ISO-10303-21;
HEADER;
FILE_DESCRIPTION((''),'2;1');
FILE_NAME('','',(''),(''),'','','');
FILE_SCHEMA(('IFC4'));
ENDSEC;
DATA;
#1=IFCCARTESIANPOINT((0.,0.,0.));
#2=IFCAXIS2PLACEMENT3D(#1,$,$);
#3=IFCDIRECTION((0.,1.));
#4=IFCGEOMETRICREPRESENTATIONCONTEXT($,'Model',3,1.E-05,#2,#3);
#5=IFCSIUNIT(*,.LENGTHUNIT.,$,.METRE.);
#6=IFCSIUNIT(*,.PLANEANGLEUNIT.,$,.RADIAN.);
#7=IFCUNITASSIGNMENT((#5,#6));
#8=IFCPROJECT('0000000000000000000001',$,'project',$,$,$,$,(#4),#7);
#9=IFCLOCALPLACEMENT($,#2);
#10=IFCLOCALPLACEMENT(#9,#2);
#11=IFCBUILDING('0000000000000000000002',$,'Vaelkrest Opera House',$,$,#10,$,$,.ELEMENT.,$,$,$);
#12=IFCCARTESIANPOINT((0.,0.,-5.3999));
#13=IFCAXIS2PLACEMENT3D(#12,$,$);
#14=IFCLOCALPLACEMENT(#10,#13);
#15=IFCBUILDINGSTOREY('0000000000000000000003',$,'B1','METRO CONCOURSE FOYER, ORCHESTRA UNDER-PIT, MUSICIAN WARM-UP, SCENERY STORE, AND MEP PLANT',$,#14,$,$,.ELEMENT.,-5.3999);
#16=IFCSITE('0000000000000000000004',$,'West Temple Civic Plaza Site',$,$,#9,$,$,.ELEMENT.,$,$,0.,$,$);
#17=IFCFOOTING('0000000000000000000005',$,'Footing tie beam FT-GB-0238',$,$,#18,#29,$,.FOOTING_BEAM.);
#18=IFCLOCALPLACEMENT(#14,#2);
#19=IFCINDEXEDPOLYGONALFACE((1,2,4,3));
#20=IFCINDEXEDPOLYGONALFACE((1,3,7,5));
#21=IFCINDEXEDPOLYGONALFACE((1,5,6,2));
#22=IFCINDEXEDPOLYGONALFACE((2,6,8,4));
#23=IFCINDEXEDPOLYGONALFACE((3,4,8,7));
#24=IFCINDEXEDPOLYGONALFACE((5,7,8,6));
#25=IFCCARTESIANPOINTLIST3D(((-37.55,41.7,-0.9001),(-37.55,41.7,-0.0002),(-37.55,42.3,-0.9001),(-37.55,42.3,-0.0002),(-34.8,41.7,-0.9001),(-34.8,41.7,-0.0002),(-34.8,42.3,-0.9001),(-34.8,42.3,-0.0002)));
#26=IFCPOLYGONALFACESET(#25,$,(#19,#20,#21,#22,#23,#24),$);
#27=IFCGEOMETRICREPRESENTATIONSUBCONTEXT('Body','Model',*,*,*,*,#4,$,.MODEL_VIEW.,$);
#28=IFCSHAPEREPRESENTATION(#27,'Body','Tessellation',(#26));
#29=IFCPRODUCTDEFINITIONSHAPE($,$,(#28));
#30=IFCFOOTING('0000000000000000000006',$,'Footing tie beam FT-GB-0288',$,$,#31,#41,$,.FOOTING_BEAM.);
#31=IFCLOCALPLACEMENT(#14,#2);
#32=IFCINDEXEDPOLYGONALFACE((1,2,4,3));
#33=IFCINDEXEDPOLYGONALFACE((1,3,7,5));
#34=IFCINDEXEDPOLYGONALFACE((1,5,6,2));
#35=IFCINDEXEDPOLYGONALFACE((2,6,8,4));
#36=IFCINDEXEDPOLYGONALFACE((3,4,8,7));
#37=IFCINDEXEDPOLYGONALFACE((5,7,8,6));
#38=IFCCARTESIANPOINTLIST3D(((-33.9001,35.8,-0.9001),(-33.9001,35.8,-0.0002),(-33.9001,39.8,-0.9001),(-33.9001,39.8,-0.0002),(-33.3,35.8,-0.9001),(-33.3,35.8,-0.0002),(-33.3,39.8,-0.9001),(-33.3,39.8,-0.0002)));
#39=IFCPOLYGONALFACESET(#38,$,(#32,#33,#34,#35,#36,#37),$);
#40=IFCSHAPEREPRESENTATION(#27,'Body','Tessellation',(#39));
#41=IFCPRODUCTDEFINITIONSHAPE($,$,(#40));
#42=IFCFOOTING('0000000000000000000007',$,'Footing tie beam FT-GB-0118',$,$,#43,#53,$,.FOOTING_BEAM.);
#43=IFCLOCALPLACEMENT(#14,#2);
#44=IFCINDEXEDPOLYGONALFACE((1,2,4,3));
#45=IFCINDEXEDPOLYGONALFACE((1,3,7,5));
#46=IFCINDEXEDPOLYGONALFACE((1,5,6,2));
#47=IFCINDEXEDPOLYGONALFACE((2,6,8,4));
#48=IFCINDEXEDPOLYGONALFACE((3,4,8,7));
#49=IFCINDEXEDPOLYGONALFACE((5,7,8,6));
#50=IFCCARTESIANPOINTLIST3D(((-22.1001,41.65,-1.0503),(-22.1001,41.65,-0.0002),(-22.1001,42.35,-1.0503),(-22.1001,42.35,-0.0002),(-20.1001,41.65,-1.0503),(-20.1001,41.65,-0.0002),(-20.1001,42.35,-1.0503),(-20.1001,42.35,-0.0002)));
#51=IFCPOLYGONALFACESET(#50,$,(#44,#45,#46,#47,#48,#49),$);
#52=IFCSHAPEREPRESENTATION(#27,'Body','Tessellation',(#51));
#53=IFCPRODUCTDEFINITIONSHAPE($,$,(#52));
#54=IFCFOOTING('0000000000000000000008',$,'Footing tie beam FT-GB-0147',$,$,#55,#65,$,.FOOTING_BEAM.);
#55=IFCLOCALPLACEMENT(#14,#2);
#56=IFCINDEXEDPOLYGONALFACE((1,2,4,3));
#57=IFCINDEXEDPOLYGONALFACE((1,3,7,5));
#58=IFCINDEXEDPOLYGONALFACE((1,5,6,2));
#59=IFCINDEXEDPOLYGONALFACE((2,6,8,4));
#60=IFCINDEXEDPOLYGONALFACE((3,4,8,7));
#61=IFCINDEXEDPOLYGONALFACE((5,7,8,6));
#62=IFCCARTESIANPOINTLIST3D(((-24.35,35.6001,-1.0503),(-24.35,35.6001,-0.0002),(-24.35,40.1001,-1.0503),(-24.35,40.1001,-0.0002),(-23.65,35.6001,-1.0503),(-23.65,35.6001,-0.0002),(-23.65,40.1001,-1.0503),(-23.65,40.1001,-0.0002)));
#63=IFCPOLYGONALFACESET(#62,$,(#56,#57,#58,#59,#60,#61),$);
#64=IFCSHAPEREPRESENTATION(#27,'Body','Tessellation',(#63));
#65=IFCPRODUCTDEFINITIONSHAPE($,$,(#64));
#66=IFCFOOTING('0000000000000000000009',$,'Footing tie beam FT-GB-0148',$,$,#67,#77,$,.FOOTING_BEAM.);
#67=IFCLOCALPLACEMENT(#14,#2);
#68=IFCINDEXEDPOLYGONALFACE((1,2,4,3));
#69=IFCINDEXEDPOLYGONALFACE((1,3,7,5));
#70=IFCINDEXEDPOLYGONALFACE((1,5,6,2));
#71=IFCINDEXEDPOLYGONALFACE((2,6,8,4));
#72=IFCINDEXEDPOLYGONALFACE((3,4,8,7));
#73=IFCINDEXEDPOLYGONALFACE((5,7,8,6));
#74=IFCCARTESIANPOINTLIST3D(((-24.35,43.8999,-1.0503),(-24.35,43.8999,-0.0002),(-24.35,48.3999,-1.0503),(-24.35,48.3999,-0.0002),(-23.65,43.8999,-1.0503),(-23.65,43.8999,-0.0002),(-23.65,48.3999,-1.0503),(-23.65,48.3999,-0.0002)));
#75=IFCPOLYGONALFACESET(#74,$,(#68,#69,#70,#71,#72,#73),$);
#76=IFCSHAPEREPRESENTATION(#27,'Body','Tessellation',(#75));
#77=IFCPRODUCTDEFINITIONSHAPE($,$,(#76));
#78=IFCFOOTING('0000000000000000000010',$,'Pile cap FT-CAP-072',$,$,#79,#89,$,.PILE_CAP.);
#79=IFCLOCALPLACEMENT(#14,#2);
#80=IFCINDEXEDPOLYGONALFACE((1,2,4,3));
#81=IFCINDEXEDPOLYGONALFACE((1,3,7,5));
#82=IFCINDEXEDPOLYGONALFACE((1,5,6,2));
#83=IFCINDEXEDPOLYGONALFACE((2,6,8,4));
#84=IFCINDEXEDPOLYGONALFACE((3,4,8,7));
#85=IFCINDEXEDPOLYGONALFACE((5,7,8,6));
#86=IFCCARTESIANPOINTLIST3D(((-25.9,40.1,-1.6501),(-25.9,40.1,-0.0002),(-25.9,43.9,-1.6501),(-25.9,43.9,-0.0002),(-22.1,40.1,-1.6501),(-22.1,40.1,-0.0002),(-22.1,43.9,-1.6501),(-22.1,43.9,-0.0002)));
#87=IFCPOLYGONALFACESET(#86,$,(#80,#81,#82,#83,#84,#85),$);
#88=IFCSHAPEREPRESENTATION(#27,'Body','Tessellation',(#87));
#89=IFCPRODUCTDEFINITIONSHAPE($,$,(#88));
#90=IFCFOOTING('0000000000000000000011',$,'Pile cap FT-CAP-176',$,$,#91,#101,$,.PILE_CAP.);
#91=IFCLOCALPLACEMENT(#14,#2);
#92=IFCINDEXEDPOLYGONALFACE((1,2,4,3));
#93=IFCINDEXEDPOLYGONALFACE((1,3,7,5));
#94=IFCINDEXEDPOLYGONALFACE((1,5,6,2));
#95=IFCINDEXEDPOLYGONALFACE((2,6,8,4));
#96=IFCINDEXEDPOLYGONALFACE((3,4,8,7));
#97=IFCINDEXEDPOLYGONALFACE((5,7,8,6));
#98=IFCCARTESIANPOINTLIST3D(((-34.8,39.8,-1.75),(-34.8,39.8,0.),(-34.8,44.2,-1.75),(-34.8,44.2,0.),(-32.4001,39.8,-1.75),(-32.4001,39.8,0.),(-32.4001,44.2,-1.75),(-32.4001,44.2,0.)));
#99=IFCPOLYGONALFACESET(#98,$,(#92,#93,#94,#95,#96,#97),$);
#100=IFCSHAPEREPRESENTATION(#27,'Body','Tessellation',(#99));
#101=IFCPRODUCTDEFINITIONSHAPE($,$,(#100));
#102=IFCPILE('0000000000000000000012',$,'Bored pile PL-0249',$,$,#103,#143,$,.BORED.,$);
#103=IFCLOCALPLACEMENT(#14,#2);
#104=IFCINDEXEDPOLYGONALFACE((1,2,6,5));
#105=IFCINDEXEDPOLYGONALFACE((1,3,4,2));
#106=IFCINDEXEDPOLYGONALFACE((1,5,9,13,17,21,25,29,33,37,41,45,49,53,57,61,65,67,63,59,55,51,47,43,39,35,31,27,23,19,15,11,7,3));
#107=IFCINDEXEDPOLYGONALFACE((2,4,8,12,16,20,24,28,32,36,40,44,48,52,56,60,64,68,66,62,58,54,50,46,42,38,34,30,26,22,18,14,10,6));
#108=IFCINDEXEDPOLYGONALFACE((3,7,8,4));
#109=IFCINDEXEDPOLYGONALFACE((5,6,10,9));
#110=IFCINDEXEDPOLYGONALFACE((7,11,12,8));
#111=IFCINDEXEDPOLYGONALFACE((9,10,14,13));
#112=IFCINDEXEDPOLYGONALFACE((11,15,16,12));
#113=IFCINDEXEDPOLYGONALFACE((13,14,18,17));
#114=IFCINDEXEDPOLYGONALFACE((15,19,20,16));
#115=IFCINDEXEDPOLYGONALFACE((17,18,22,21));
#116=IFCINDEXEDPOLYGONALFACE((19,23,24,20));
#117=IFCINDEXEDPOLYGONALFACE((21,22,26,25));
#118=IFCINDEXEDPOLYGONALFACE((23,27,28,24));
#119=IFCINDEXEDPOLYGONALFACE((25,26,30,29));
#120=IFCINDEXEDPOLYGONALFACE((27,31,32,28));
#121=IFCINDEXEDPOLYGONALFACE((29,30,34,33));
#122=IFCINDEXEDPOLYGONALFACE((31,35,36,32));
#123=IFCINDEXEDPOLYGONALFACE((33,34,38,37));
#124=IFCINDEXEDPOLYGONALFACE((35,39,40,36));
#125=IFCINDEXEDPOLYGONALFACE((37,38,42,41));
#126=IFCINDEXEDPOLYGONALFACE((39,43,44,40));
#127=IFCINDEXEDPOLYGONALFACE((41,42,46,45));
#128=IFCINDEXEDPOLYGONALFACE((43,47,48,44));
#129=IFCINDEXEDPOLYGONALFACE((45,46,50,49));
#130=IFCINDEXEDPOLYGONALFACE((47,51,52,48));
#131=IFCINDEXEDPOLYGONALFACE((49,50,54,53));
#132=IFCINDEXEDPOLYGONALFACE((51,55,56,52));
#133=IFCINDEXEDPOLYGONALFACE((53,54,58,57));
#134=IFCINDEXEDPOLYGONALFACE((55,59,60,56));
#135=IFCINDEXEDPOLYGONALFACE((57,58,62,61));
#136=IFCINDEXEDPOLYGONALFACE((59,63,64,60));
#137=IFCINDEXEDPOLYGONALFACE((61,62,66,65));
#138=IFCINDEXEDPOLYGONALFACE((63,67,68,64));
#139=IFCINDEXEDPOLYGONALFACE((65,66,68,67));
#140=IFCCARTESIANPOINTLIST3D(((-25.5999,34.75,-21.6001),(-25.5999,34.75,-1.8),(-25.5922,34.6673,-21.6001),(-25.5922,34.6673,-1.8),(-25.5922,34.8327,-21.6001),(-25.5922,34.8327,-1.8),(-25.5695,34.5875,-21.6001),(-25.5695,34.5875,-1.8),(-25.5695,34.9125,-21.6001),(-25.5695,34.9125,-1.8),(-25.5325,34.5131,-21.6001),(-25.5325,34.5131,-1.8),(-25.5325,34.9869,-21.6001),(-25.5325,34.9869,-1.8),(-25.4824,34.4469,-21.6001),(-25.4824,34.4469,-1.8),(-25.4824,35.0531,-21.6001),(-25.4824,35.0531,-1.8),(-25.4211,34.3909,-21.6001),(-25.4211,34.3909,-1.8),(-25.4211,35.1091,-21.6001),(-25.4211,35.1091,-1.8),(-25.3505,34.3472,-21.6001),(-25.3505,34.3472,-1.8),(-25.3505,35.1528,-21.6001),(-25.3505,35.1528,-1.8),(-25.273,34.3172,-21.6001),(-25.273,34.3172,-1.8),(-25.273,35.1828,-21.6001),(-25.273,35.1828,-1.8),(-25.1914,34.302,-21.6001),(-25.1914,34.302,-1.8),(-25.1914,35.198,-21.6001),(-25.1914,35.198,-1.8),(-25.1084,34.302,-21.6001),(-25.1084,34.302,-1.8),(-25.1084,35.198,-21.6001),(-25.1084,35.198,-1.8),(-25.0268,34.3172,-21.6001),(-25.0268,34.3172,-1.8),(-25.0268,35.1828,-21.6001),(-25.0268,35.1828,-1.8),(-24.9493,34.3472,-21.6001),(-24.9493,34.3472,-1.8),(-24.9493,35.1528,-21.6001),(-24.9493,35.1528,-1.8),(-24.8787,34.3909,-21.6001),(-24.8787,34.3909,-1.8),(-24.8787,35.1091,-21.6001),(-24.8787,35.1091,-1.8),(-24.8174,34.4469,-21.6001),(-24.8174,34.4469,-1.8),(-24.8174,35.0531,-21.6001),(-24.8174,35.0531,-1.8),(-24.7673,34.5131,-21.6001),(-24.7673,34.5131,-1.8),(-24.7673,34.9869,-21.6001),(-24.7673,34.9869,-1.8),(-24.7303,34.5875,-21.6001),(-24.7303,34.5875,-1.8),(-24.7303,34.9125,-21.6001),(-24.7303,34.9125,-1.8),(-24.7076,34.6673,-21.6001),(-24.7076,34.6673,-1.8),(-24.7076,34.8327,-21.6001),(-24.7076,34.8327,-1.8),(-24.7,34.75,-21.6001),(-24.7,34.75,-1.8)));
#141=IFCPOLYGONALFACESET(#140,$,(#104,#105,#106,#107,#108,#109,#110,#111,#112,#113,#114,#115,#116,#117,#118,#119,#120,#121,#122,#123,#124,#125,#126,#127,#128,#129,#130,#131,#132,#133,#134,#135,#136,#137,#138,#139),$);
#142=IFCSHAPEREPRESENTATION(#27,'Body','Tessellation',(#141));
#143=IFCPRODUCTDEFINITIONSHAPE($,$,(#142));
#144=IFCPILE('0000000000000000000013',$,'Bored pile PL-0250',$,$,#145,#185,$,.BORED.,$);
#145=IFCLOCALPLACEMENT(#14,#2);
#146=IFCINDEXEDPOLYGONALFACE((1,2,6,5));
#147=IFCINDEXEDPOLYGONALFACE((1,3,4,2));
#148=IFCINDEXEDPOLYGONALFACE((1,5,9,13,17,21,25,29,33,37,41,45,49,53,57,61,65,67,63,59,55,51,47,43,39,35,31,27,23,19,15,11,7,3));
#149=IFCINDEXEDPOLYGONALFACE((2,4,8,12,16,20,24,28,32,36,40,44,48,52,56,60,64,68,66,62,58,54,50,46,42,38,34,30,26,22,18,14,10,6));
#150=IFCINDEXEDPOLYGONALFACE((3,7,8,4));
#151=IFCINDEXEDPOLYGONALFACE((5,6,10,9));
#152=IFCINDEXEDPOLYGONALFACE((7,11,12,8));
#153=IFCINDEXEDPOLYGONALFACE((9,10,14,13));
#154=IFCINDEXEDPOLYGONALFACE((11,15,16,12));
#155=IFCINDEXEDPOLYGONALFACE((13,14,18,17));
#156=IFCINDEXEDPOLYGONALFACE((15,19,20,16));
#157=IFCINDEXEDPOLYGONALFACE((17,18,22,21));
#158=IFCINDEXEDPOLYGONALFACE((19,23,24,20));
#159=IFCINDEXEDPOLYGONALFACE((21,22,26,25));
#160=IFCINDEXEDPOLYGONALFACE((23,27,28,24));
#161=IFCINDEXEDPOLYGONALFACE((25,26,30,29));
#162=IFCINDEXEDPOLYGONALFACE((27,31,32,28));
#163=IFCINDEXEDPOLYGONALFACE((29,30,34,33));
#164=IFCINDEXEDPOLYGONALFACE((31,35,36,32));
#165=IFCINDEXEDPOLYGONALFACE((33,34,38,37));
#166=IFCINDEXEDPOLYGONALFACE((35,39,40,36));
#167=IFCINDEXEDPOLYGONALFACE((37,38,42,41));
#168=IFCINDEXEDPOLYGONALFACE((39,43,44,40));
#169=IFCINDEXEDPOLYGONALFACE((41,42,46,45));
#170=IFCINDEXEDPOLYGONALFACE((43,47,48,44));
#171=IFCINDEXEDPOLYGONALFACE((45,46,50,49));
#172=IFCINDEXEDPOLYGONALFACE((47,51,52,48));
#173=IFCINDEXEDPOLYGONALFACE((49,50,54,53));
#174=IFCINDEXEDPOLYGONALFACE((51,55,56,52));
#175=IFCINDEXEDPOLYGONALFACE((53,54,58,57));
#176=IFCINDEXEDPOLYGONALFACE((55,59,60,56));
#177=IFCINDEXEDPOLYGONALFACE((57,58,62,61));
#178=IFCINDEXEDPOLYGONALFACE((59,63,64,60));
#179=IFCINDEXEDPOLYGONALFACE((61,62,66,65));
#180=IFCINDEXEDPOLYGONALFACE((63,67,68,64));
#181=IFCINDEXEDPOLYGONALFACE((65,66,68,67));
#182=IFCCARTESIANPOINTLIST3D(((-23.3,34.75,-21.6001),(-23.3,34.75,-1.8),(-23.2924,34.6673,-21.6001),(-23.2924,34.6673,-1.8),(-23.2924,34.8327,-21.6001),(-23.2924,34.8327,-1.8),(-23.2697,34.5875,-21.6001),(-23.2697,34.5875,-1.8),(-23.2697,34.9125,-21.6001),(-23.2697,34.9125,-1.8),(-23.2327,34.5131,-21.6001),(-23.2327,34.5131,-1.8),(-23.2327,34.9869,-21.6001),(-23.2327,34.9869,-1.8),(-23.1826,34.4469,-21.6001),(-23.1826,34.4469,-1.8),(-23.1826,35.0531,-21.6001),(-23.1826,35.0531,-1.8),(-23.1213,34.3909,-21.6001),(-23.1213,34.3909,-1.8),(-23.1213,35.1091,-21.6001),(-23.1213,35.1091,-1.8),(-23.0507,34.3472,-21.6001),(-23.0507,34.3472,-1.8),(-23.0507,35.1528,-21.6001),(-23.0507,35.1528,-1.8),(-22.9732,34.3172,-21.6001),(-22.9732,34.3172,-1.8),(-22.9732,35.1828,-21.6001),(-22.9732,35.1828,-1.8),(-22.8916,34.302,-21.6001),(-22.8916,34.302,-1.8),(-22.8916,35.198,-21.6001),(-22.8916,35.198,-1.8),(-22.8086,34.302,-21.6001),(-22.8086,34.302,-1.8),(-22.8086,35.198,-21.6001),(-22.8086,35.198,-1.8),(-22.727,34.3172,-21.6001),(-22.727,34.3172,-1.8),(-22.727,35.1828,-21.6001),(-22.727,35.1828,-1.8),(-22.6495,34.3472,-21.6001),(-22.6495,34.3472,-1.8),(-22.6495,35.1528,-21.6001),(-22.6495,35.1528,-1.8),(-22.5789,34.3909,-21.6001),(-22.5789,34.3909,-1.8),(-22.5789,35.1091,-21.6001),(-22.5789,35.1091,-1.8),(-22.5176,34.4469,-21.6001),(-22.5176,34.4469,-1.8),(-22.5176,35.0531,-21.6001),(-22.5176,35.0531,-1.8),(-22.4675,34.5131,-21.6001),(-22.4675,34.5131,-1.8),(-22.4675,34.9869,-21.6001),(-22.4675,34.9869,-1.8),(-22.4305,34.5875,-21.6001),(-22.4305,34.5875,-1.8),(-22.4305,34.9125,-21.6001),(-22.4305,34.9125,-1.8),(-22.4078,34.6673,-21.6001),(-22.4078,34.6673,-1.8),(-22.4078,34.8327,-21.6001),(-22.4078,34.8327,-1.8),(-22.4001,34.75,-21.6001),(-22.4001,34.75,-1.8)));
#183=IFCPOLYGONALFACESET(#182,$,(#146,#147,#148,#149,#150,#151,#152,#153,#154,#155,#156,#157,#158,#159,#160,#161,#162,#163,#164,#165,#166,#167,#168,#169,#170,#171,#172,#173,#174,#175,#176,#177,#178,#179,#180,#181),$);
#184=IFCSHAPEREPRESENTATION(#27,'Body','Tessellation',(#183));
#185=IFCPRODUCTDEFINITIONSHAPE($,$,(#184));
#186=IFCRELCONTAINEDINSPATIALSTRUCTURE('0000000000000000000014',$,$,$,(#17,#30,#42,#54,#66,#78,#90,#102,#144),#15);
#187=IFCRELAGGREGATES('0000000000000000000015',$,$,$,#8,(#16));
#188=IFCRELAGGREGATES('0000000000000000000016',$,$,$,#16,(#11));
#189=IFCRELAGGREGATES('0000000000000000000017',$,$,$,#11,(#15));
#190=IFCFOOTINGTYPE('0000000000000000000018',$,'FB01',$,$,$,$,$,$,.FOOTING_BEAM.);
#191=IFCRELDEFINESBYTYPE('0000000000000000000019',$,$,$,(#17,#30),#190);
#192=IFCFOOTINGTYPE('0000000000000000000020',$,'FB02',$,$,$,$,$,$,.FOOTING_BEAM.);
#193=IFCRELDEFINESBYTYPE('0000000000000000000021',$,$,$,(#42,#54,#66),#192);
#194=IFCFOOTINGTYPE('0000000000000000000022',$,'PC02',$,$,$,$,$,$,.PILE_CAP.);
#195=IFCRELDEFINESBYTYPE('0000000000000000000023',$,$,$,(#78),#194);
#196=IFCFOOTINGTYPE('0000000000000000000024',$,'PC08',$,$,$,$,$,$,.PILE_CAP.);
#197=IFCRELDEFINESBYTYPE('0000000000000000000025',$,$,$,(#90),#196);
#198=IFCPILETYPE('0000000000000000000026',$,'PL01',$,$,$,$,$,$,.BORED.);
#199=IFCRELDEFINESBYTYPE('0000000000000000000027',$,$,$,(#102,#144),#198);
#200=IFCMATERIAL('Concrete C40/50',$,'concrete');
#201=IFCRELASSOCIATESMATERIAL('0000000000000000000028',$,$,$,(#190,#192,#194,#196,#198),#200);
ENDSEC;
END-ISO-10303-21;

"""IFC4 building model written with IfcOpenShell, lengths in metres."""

from ifc_helpers import new_model, si_unit, direction, frame, origin, origin_2d, place, context, subcontext, project, spatial, rectangle, circle, extrude, material, material_profile, profile_set, type_object, element, save


model = new_model("IFC4")

# Units and contexts
model_context = context("Model", 3, precision=1e-05, world=origin(), true_north=direction((0.0, 1.0)))
body_context = subcontext(model_context, "Body", "Model", "MODEL_VIEW")
ifc_project = project(units=[si_unit("LENGTHUNIT", "METRE"), si_unit("PLANEANGLEUNIT", "RADIAN")], contexts=[model_context])

# Site, building, storey
site_placement = place(None, origin())
site = spatial("IfcSite", under=ifc_project, at=site_placement, Name="West Temple Civic Plaza Site", CompositionType="ELEMENT", RefElevation=0.0)
building_placement = place(site_placement, origin())
building = spatial("IfcBuilding", under=site, at=building_placement, Name="Vaelkrest Opera House", CompositionType="ELEMENT")
storey_placement = place(building_placement, frame((0.0, 0.0, -5.3999)))
storey = spatial("IfcBuildingStorey", under=building, at=storey_placement, Name="B1", Description="METRO CONCOURSE FOYER, ORCHESTRA UNDER-PIT, MUSICIAN WARM-UP, SCENERY STORE, AND MEP PLANT", CompositionType="ELEMENT", Elevation=-5.3999)

# Footings
ifc_material_1 = material(Name="Concrete C40/50", Category="concrete")
footing_type_1 = type_object("IfcFootingType", Name="FB01", PredefinedType="FOOTING_BEAM", material=ifc_material_1)
footing_1_placement = place(storey_placement, frame((-36.175, 42.0, -0.9001), z_axis=(0.0, 0.0, 1.0), x_axis=(1.0, 0.0, 0.0)))
element("IfcFooting", 1, at=footing_1_placement, inside=storey, type_object=footing_type_1, Name="Footing tie beam FT-GB-0238", PredefinedType="FOOTING_BEAM", context=body_context, shape_type="SweptSolid", body=[
    extrude(rectangle(XDim=2.75, YDim=0.6001, at=origin_2d()), origin(), (0.0, 0.0, 1.0), 0.8999),
])
footing_2_placement = place(storey_placement, frame((-33.6001, 37.8, -0.9001), z_axis=(0.0, 0.0, 1.0), x_axis=(0.0, 1.0, 0.0)))
element("IfcFooting", 2, at=footing_2_placement, inside=storey, type_object=footing_type_1, Name="Footing tie beam FT-GB-0288", PredefinedType="FOOTING_BEAM", context=body_context, shape_type="SweptSolid", body=[
    extrude(rectangle(XDim=4.0, YDim=0.6001, at=origin_2d()), origin(), (0.0, 0.0, 1.0), 0.8999),
])
footing_type_2 = type_object("IfcFootingType", Name="FB02", PredefinedType="FOOTING_BEAM", material=ifc_material_1)
footing_3_placement = place(storey_placement, frame((-21.1001, 42.0, -1.0503), z_axis=(0.0, 0.0, 1.0), x_axis=(1.0, 0.0, 0.0)))
element("IfcFooting", 3, at=footing_3_placement, inside=storey, type_object=footing_type_2, Name="Footing tie beam FT-GB-0118", PredefinedType="FOOTING_BEAM", context=body_context, shape_type="SweptSolid", body=[
    extrude(rectangle(XDim=2.0, YDim=0.7, at=origin_2d()), origin(), (0.0, 0.0, 1.0), 1.05),
])
for number, where, z_axis, x_axis, name in (
    (4, (-24.0, 37.8501, -1.0503), (0.0, 0.0, 1.0), (0.0, 1.0, 0.0), "Footing tie beam FT-GB-0147"),
    (5, (-24.0, 46.1499, -1.0503), (0.0, 0.0, 1.0), (0.0, 1.0, 0.0), "Footing tie beam FT-GB-0148"),
):
    element("IfcFooting", number, at=place(storey_placement, frame(where, z_axis=z_axis, x_axis=x_axis)), inside=storey, type_object=footing_type_2, Name=name, PredefinedType="FOOTING_BEAM", context=body_context, shape_type="SweptSolid", body=[
        extrude(rectangle(XDim=4.5, YDim=0.7, at=origin_2d()), origin(), (0.0, 0.0, 1.0), 1.05),
    ])
footing_type_3 = type_object("IfcFootingType", Name="PC02", PredefinedType="PILE_CAP", material=ifc_material_1)
footing_4_placement = place(storey_placement, frame((-24.0, 42.0, -1.6501), z_axis=(0.0, 0.0, 1.0), x_axis=(1.0, 0.0, 0.0)))
element("IfcFooting", 6, at=footing_4_placement, inside=storey, type_object=footing_type_3, Name="Pile cap FT-CAP-072", PredefinedType="PILE_CAP", context=body_context, shape_type="SweptSolid", body=[
    extrude(rectangle(XDim=3.8, YDim=3.8, at=origin_2d()), origin(), (0.0, 0.0, 1.0), 1.6499),
])
footing_type_4 = type_object("IfcFootingType", Name="PC08", PredefinedType="PILE_CAP", material=ifc_material_1)
footing_5_placement = place(storey_placement, frame((-33.6001, 42.0, -1.75), z_axis=(0.0, 0.0, 1.0), x_axis=(1.0, 0.0, 0.0)))
element("IfcFooting", 7, at=footing_5_placement, inside=storey, type_object=footing_type_4, Name="Pile cap FT-CAP-176", PredefinedType="PILE_CAP", context=body_context, shape_type="SweptSolid", body=[
    extrude(rectangle(XDim=2.3999, YDim=4.3999, at=origin_2d()), origin(), (0.0, 0.0, 1.0), 1.75),
])

# Piles
ifc_material_profile_1 = material_profile(ifc_material_1, circle(Radius=0.45, at=origin_2d()), Name="PILE900")
ifc_profile_set_1 = profile_set([ifc_material_profile_1], Name="Concrete C40/50")
pile_type_1 = type_object("IfcPileType", Name="PL01", PredefinedType="BORED", material=ifc_profile_set_1)
for number, where, z_axis, x_axis, name in (
    (8, (-25.1499, 34.75, -1.8), (0.0, 0.0, -1.0), (1.0, 0.0, 0.0), "Bored pile PL-0249"),
    (9, (-22.8501, 34.75, -1.8), (0.0, 0.0, -1.0), (1.0, 0.0, 0.0), "Bored pile PL-0250"),
):
    element("IfcPile", number, at=place(storey_placement, frame(where, z_axis=z_axis, x_axis=x_axis)), inside=storey, type_object=pile_type_1, Name=name, PredefinedType="BORED", context=body_context, shape_type="SweptSolid", body=[
        extrude(circle(Radius=0.45, at=origin_2d()), origin(), (0.0, 0.0, 1.0), 19.8),
    ])

save(model, "model.ifc")
